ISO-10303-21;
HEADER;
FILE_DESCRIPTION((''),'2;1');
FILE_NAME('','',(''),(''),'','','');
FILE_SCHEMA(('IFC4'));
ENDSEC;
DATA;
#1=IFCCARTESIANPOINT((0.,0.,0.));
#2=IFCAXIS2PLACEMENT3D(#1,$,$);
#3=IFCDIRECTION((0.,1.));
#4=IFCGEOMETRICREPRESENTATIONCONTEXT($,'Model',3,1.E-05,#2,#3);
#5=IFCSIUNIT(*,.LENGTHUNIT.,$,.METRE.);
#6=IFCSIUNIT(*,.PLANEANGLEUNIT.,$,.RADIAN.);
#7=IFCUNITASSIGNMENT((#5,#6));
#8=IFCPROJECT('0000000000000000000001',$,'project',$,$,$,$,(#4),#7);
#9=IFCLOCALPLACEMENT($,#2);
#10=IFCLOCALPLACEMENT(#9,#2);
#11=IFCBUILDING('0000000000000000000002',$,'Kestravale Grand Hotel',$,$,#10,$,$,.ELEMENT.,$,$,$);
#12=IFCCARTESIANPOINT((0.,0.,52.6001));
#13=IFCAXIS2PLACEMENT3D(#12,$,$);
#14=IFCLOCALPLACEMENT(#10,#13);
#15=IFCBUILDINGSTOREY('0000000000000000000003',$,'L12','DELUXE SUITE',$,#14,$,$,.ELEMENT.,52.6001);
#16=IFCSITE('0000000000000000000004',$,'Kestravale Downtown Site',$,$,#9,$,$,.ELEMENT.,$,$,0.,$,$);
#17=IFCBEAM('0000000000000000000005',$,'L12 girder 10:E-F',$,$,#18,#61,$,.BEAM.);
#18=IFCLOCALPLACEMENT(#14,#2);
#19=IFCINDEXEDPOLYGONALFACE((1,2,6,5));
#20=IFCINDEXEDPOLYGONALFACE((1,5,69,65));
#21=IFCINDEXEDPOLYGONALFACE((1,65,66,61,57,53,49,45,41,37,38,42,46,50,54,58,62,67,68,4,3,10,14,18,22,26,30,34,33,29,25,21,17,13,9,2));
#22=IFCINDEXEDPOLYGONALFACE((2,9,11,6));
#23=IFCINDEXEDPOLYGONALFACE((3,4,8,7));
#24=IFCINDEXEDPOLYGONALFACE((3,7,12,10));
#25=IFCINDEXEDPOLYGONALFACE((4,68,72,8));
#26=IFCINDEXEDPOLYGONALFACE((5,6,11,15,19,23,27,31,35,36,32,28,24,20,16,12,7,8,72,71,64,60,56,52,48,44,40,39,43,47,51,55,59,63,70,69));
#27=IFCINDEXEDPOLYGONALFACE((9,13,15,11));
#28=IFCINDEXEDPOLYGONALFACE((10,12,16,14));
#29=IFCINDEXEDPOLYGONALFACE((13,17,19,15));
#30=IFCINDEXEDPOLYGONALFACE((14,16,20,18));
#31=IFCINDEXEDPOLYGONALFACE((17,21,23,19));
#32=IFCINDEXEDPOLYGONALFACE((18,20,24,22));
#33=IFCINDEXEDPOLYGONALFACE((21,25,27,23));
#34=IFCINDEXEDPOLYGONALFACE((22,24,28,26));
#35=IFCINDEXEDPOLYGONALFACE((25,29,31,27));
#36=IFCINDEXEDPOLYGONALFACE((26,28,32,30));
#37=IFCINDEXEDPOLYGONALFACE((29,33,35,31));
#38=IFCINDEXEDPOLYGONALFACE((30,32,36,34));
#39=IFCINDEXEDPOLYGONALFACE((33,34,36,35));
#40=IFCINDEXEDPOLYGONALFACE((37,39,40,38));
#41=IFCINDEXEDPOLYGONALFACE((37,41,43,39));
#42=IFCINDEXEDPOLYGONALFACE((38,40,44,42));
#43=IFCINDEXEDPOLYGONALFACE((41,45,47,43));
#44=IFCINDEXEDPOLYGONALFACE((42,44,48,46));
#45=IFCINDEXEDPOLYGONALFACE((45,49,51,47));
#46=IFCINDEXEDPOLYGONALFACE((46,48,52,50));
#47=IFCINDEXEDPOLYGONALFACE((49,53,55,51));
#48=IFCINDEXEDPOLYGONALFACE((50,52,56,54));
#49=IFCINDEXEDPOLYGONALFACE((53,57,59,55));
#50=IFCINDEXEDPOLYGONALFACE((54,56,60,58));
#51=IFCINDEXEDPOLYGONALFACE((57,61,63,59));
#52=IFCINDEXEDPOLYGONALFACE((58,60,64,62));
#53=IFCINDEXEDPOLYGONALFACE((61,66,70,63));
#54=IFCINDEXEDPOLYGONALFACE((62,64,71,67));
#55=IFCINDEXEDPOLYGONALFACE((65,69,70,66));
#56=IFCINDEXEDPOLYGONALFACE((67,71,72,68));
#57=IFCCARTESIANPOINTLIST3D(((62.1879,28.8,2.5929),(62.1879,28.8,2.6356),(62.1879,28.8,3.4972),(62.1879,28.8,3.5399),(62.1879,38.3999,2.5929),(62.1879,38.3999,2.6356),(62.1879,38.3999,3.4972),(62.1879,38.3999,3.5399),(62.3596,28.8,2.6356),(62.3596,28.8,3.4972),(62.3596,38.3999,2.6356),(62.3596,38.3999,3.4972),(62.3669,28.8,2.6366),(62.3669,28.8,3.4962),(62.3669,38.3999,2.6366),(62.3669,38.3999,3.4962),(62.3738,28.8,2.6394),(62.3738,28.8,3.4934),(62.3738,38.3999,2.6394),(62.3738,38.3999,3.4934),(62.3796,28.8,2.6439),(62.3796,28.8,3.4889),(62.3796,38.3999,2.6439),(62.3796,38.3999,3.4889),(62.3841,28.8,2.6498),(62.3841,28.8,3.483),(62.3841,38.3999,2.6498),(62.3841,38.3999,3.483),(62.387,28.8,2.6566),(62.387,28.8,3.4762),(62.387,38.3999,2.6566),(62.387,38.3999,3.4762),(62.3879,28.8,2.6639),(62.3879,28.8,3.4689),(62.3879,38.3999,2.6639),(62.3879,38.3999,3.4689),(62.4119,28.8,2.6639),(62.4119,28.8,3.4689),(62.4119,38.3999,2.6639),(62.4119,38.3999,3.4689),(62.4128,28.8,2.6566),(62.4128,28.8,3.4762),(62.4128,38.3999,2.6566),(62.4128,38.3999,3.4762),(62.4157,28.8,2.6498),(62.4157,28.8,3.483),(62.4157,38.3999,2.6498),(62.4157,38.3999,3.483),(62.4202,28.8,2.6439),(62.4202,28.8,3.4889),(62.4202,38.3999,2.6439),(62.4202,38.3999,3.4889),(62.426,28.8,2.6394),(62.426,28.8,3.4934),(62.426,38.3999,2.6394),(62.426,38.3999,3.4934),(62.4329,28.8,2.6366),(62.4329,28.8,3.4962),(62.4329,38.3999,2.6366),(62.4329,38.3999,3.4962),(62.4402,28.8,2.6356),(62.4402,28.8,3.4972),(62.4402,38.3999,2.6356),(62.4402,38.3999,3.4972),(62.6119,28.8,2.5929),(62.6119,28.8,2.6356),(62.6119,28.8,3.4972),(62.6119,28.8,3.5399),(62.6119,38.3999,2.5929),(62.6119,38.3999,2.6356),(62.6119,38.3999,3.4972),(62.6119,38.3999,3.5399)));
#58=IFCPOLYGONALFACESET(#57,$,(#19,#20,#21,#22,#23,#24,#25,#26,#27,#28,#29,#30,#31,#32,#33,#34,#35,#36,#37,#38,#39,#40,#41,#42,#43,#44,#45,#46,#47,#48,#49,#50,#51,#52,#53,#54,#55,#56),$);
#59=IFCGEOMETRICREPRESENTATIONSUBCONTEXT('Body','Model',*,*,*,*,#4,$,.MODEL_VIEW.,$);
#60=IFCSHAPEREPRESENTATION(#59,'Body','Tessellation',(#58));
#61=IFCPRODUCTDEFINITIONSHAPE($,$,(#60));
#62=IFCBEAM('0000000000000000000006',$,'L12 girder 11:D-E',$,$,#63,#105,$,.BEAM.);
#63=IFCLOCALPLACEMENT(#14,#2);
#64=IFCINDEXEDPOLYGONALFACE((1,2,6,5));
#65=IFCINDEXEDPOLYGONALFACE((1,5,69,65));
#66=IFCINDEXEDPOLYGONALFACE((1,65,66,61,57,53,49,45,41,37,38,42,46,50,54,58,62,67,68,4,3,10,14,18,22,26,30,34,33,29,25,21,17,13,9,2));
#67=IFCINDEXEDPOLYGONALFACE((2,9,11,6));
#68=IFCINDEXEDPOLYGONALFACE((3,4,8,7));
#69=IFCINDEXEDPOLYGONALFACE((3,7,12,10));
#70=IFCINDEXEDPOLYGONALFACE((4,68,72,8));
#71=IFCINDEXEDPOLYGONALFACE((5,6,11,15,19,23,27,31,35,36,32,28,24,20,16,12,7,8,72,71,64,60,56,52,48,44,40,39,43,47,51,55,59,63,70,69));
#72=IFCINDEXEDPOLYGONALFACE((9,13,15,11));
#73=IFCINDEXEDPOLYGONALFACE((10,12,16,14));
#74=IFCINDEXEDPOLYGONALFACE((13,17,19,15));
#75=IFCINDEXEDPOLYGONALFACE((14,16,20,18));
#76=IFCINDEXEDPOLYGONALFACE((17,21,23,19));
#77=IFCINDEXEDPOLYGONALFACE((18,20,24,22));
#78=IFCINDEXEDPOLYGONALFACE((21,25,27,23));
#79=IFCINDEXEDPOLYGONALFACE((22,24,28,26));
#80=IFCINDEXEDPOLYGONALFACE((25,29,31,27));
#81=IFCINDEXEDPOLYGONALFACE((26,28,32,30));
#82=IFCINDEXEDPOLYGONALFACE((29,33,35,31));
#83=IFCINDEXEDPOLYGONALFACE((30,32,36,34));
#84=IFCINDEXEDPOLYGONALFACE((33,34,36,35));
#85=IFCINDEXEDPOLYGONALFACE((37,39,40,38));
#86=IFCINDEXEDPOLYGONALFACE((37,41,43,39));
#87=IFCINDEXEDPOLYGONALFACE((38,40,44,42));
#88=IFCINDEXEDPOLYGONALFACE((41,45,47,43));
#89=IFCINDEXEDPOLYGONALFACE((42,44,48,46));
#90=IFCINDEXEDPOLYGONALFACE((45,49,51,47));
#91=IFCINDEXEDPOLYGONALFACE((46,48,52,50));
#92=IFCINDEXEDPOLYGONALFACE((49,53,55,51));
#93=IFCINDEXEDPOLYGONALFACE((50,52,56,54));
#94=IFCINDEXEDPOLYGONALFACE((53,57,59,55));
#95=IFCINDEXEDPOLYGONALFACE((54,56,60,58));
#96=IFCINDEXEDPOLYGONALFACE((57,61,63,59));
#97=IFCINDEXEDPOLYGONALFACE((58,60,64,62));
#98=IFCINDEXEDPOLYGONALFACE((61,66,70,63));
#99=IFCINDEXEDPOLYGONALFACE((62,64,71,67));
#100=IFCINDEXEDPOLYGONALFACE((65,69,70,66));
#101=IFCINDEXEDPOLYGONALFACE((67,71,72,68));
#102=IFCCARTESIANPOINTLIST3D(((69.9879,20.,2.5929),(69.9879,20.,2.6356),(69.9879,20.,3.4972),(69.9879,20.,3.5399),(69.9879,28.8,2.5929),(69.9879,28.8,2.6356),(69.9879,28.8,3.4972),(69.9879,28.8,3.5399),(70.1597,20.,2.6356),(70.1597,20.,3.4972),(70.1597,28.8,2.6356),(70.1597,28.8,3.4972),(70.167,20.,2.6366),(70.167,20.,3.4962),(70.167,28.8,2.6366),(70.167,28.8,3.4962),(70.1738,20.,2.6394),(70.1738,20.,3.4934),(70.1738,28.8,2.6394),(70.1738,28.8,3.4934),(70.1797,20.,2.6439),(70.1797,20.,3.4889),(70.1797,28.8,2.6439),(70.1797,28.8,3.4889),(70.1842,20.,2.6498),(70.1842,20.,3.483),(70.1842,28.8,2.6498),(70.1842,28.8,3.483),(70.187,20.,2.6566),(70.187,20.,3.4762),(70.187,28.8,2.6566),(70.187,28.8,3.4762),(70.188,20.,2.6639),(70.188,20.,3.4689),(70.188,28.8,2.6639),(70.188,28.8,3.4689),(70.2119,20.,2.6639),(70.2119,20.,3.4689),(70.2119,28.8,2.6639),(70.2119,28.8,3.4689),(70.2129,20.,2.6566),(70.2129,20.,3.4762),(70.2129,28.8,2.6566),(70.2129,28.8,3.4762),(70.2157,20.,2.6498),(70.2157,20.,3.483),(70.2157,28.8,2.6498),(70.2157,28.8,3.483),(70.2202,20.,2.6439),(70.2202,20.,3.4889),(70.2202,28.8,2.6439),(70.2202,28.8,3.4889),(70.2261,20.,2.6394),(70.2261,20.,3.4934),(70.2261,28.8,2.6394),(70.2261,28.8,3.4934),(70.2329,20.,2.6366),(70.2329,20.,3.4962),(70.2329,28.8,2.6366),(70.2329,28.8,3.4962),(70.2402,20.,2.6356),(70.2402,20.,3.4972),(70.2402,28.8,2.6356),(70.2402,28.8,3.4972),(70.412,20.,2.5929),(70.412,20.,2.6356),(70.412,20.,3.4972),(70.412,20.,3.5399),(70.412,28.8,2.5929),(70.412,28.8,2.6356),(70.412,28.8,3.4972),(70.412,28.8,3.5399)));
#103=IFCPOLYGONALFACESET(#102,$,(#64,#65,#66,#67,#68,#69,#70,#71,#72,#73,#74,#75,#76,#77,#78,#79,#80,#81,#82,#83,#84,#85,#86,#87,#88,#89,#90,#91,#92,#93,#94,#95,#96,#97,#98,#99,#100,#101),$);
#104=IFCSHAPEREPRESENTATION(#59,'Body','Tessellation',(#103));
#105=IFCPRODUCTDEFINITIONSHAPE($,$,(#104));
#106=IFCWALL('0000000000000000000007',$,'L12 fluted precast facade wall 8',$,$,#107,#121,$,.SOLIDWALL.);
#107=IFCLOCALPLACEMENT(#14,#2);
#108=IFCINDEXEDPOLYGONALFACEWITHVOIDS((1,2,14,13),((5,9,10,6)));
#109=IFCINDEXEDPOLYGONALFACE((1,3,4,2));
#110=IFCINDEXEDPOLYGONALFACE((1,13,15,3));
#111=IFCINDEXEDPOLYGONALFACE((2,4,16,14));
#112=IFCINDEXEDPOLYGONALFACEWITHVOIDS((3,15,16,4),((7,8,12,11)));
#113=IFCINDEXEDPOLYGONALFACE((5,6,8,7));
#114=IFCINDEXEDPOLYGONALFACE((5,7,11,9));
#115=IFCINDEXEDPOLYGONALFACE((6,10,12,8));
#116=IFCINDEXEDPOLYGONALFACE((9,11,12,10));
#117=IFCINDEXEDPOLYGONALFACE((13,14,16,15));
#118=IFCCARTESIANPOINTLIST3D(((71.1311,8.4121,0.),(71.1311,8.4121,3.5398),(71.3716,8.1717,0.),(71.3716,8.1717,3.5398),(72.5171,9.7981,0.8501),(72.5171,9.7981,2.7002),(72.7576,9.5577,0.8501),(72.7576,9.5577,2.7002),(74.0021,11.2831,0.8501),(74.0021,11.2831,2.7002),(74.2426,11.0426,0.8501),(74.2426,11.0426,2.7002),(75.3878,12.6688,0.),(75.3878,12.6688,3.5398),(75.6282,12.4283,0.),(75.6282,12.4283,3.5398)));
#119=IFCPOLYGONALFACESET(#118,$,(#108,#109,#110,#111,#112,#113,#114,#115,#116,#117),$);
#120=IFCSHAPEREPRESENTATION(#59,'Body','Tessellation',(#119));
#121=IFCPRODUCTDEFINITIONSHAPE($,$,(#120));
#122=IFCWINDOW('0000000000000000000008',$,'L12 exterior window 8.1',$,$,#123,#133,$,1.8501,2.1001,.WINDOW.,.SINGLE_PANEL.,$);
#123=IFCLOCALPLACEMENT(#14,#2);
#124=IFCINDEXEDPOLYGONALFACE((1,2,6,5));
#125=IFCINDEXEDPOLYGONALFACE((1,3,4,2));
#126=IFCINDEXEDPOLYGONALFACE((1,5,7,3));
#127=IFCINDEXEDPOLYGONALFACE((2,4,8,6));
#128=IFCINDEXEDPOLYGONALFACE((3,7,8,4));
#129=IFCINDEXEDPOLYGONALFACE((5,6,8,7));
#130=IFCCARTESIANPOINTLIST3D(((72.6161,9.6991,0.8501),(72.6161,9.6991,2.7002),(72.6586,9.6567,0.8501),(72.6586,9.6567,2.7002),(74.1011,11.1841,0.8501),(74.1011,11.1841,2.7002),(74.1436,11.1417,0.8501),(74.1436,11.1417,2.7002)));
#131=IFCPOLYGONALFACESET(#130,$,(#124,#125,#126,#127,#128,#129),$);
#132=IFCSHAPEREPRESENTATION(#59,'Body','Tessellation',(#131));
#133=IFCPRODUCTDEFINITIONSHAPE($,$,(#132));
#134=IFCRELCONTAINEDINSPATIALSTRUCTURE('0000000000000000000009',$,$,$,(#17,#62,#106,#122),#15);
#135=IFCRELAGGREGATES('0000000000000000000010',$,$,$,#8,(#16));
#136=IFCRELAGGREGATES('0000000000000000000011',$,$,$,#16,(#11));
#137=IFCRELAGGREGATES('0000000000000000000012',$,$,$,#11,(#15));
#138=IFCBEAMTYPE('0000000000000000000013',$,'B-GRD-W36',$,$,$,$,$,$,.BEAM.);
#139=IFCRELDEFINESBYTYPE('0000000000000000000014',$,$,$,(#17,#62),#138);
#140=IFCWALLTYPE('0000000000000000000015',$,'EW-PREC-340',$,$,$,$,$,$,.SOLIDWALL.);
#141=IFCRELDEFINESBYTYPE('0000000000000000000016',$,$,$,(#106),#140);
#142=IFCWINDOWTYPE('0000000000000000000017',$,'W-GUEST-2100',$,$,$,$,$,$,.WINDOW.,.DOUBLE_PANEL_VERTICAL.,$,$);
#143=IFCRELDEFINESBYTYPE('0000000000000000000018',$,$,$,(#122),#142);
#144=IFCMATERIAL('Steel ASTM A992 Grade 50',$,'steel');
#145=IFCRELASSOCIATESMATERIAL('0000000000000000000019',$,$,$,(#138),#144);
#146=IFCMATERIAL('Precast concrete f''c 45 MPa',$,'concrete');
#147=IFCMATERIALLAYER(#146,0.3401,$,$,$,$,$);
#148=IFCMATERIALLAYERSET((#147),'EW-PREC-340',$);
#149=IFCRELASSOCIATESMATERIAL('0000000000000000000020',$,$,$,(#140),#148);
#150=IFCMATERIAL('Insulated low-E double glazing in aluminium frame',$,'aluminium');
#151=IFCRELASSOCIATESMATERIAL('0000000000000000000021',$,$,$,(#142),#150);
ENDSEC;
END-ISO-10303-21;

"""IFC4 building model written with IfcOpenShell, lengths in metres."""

from ifc_helpers import new_model, si_unit, direction, frame, frame_2d, origin, origin_2d, place, context, subcontext, project, spatial, rectangle, i_section, extrude, material, layer, layer_set, material_profile, profile_set, type_object, element, fill, save


model = new_model("IFC4")

# Units and contexts
model_context = context("Model", 3, precision=1e-05, world=origin(), true_north=direction((0.0, 1.0)))
body_context = subcontext(model_context, "Body", "Model", "MODEL_VIEW")
ifc_project = project(units=[si_unit("LENGTHUNIT", "METRE"), si_unit("PLANEANGLEUNIT", "RADIAN")], contexts=[model_context])

# Site, building, storey
site_placement = place(None, origin())
site = spatial("IfcSite", under=ifc_project, at=site_placement, Name="Kestravale Downtown Site", CompositionType="ELEMENT", RefElevation=0.0)
building_placement = place(site_placement, origin())
building = spatial("IfcBuilding", under=site, at=building_placement, Name="Kestravale Grand Hotel", CompositionType="ELEMENT")
storey_placement = place(building_placement, frame((0.0, 0.0, 52.6001)))
storey = spatial("IfcBuildingStorey", under=building, at=storey_placement, Name="L12", Description="DELUXE SUITE", CompositionType="ELEMENT", Elevation=52.6001)

# Beams
ifc_material_1 = material(Name="Steel ASTM A992 Grade 50", Category="steel")
ifc_material_profile_1 = material_profile(ifc_material_1, i_section(OverallWidth=0.4241, OverallDepth=0.947, WebThickness=0.0239, FlangeThickness=0.0427, FilletRadius=0.0283, at=origin_2d()))
ifc_profile_set_1 = profile_set([ifc_material_profile_1], Name="Steel ASTM A992 Grade 50")
beam_type_1 = type_object("IfcBeamType", Name="B-GRD-W36", PredefinedType="BEAM", material=ifc_profile_set_1)
beam_1_placement = place(storey_placement, frame((62.3999, 28.8, 3.0664), z_axis=(0.0, 1.0, 0.0), x_axis=(-1.0, 0.0, 0.0)))
element("IfcBeam", 1, at=beam_1_placement, inside=storey, type_object=beam_type_1, Name="L12 girder 10:E-F", PredefinedType="BEAM", context=body_context, shape_type="SweptSolid", body=[
    extrude(i_section(OverallWidth=0.4241, OverallDepth=0.947, WebThickness=0.0239, FlangeThickness=0.0427, FilletRadius=0.0283, at=origin_2d()), origin(), (0.0, 0.0, 1.0), 9.5999),
])
beam_2_placement = place(storey_placement, frame((70.2, 20.0, 3.0664), z_axis=(0.0, 1.0, 0.0), x_axis=(-1.0, 0.0, 0.0)))
element("IfcBeam", 2, at=beam_2_placement, inside=storey, type_object=beam_type_1, Name="L12 girder 11:D-E", PredefinedType="BEAM", context=body_context, shape_type="SweptSolid", body=[
    extrude(i_section(OverallWidth=0.4241, OverallDepth=0.947, WebThickness=0.0239, FlangeThickness=0.0427, FilletRadius=0.0283, at=origin_2d()), origin(), (0.0, 0.0, 1.0), 8.8),
])

# Wall, opening, window
ifc_material_2 = material(Name="Precast concrete f'c 45 MPa", Category="concrete")
ifc_layer_1 = layer(ifc_material_2, 0.3401)
ifc_layer_set_1 = layer_set([ifc_layer_1], Name="EW-PREC-340")
wall_type_1 = type_object("IfcWallType", Name="EW-PREC-340", PredefinedType="SOLIDWALL", material=ifc_layer_set_1)
wall_1_placement = place(storey_placement, frame((71.2515, 8.292, 0.0), z_axis=(0.0, 0.0, 1.0), x_axis=(0.707107, 0.707107, 0.0)))
wall_1 = element("IfcWall", 3, at=wall_1_placement, inside=storey, type_object=wall_type_1, Name="L12 fluted precast facade wall 8", PredefinedType="SOLIDWALL", context=body_context, shape_type="SweptSolid", body=[
    extrude(rectangle(XDim=6.0198, YDim=0.3401, at=frame_2d((3.0098, 0.0))), origin(), (0.0, 0.0, 1.0), 3.5398),
])
opening_1_placement = place(wall_1_placement, frame((1.96, 0.0, 0.8501)))
opening_1 = element("IfcOpeningElement", 4, at=opening_1_placement, cuts=wall_1, PredefinedType="OPENING", context=body_context, shape_type="SweptSolid", body=[
    extrude(rectangle(XDim=2.1001, YDim=1.8501, at=frame_2d((1.05, 0.925))), frame((0.0, 0.1799, 0.0), z_axis=(0.0, -1.0, 0.0), x_axis=(1.0, 0.0, 0.0)), (0.0, 0.0, 1.0), 0.3601),
])
ifc_material_3 = material(Name="Insulated low-E double glazing in aluminium frame", Category="aluminium")
window_type = type_object("IfcWindowType", Name="W-GUEST-2100", PartitioningType="DOUBLE_PANEL_VERTICAL", PredefinedType="WINDOW", material=ifc_material_3)
window_1_placement = place(opening_1_placement, origin())
window_1 = element("IfcWindow", 5, at=window_1_placement, inside=storey, type_object=window_type, Name="L12 exterior window 8.1", OverallHeight=1.8501, OverallWidth=2.1001, PartitioningType="SINGLE_PANEL", PredefinedType="WINDOW", context=body_context, shape_type="SweptSolid", body=[
    extrude(rectangle(XDim=2.1001, YDim=1.8501, at=frame_2d((1.05, 0.925))), frame((0.0, 0.03, 0.0), z_axis=(0.0, -1.0, 0.0), x_axis=(1.0, 0.0, 0.0)), (0.0, 0.0, 1.0), 0.0601),
])
fill(opening_1, window_1)

save(model, "model.ifc")
